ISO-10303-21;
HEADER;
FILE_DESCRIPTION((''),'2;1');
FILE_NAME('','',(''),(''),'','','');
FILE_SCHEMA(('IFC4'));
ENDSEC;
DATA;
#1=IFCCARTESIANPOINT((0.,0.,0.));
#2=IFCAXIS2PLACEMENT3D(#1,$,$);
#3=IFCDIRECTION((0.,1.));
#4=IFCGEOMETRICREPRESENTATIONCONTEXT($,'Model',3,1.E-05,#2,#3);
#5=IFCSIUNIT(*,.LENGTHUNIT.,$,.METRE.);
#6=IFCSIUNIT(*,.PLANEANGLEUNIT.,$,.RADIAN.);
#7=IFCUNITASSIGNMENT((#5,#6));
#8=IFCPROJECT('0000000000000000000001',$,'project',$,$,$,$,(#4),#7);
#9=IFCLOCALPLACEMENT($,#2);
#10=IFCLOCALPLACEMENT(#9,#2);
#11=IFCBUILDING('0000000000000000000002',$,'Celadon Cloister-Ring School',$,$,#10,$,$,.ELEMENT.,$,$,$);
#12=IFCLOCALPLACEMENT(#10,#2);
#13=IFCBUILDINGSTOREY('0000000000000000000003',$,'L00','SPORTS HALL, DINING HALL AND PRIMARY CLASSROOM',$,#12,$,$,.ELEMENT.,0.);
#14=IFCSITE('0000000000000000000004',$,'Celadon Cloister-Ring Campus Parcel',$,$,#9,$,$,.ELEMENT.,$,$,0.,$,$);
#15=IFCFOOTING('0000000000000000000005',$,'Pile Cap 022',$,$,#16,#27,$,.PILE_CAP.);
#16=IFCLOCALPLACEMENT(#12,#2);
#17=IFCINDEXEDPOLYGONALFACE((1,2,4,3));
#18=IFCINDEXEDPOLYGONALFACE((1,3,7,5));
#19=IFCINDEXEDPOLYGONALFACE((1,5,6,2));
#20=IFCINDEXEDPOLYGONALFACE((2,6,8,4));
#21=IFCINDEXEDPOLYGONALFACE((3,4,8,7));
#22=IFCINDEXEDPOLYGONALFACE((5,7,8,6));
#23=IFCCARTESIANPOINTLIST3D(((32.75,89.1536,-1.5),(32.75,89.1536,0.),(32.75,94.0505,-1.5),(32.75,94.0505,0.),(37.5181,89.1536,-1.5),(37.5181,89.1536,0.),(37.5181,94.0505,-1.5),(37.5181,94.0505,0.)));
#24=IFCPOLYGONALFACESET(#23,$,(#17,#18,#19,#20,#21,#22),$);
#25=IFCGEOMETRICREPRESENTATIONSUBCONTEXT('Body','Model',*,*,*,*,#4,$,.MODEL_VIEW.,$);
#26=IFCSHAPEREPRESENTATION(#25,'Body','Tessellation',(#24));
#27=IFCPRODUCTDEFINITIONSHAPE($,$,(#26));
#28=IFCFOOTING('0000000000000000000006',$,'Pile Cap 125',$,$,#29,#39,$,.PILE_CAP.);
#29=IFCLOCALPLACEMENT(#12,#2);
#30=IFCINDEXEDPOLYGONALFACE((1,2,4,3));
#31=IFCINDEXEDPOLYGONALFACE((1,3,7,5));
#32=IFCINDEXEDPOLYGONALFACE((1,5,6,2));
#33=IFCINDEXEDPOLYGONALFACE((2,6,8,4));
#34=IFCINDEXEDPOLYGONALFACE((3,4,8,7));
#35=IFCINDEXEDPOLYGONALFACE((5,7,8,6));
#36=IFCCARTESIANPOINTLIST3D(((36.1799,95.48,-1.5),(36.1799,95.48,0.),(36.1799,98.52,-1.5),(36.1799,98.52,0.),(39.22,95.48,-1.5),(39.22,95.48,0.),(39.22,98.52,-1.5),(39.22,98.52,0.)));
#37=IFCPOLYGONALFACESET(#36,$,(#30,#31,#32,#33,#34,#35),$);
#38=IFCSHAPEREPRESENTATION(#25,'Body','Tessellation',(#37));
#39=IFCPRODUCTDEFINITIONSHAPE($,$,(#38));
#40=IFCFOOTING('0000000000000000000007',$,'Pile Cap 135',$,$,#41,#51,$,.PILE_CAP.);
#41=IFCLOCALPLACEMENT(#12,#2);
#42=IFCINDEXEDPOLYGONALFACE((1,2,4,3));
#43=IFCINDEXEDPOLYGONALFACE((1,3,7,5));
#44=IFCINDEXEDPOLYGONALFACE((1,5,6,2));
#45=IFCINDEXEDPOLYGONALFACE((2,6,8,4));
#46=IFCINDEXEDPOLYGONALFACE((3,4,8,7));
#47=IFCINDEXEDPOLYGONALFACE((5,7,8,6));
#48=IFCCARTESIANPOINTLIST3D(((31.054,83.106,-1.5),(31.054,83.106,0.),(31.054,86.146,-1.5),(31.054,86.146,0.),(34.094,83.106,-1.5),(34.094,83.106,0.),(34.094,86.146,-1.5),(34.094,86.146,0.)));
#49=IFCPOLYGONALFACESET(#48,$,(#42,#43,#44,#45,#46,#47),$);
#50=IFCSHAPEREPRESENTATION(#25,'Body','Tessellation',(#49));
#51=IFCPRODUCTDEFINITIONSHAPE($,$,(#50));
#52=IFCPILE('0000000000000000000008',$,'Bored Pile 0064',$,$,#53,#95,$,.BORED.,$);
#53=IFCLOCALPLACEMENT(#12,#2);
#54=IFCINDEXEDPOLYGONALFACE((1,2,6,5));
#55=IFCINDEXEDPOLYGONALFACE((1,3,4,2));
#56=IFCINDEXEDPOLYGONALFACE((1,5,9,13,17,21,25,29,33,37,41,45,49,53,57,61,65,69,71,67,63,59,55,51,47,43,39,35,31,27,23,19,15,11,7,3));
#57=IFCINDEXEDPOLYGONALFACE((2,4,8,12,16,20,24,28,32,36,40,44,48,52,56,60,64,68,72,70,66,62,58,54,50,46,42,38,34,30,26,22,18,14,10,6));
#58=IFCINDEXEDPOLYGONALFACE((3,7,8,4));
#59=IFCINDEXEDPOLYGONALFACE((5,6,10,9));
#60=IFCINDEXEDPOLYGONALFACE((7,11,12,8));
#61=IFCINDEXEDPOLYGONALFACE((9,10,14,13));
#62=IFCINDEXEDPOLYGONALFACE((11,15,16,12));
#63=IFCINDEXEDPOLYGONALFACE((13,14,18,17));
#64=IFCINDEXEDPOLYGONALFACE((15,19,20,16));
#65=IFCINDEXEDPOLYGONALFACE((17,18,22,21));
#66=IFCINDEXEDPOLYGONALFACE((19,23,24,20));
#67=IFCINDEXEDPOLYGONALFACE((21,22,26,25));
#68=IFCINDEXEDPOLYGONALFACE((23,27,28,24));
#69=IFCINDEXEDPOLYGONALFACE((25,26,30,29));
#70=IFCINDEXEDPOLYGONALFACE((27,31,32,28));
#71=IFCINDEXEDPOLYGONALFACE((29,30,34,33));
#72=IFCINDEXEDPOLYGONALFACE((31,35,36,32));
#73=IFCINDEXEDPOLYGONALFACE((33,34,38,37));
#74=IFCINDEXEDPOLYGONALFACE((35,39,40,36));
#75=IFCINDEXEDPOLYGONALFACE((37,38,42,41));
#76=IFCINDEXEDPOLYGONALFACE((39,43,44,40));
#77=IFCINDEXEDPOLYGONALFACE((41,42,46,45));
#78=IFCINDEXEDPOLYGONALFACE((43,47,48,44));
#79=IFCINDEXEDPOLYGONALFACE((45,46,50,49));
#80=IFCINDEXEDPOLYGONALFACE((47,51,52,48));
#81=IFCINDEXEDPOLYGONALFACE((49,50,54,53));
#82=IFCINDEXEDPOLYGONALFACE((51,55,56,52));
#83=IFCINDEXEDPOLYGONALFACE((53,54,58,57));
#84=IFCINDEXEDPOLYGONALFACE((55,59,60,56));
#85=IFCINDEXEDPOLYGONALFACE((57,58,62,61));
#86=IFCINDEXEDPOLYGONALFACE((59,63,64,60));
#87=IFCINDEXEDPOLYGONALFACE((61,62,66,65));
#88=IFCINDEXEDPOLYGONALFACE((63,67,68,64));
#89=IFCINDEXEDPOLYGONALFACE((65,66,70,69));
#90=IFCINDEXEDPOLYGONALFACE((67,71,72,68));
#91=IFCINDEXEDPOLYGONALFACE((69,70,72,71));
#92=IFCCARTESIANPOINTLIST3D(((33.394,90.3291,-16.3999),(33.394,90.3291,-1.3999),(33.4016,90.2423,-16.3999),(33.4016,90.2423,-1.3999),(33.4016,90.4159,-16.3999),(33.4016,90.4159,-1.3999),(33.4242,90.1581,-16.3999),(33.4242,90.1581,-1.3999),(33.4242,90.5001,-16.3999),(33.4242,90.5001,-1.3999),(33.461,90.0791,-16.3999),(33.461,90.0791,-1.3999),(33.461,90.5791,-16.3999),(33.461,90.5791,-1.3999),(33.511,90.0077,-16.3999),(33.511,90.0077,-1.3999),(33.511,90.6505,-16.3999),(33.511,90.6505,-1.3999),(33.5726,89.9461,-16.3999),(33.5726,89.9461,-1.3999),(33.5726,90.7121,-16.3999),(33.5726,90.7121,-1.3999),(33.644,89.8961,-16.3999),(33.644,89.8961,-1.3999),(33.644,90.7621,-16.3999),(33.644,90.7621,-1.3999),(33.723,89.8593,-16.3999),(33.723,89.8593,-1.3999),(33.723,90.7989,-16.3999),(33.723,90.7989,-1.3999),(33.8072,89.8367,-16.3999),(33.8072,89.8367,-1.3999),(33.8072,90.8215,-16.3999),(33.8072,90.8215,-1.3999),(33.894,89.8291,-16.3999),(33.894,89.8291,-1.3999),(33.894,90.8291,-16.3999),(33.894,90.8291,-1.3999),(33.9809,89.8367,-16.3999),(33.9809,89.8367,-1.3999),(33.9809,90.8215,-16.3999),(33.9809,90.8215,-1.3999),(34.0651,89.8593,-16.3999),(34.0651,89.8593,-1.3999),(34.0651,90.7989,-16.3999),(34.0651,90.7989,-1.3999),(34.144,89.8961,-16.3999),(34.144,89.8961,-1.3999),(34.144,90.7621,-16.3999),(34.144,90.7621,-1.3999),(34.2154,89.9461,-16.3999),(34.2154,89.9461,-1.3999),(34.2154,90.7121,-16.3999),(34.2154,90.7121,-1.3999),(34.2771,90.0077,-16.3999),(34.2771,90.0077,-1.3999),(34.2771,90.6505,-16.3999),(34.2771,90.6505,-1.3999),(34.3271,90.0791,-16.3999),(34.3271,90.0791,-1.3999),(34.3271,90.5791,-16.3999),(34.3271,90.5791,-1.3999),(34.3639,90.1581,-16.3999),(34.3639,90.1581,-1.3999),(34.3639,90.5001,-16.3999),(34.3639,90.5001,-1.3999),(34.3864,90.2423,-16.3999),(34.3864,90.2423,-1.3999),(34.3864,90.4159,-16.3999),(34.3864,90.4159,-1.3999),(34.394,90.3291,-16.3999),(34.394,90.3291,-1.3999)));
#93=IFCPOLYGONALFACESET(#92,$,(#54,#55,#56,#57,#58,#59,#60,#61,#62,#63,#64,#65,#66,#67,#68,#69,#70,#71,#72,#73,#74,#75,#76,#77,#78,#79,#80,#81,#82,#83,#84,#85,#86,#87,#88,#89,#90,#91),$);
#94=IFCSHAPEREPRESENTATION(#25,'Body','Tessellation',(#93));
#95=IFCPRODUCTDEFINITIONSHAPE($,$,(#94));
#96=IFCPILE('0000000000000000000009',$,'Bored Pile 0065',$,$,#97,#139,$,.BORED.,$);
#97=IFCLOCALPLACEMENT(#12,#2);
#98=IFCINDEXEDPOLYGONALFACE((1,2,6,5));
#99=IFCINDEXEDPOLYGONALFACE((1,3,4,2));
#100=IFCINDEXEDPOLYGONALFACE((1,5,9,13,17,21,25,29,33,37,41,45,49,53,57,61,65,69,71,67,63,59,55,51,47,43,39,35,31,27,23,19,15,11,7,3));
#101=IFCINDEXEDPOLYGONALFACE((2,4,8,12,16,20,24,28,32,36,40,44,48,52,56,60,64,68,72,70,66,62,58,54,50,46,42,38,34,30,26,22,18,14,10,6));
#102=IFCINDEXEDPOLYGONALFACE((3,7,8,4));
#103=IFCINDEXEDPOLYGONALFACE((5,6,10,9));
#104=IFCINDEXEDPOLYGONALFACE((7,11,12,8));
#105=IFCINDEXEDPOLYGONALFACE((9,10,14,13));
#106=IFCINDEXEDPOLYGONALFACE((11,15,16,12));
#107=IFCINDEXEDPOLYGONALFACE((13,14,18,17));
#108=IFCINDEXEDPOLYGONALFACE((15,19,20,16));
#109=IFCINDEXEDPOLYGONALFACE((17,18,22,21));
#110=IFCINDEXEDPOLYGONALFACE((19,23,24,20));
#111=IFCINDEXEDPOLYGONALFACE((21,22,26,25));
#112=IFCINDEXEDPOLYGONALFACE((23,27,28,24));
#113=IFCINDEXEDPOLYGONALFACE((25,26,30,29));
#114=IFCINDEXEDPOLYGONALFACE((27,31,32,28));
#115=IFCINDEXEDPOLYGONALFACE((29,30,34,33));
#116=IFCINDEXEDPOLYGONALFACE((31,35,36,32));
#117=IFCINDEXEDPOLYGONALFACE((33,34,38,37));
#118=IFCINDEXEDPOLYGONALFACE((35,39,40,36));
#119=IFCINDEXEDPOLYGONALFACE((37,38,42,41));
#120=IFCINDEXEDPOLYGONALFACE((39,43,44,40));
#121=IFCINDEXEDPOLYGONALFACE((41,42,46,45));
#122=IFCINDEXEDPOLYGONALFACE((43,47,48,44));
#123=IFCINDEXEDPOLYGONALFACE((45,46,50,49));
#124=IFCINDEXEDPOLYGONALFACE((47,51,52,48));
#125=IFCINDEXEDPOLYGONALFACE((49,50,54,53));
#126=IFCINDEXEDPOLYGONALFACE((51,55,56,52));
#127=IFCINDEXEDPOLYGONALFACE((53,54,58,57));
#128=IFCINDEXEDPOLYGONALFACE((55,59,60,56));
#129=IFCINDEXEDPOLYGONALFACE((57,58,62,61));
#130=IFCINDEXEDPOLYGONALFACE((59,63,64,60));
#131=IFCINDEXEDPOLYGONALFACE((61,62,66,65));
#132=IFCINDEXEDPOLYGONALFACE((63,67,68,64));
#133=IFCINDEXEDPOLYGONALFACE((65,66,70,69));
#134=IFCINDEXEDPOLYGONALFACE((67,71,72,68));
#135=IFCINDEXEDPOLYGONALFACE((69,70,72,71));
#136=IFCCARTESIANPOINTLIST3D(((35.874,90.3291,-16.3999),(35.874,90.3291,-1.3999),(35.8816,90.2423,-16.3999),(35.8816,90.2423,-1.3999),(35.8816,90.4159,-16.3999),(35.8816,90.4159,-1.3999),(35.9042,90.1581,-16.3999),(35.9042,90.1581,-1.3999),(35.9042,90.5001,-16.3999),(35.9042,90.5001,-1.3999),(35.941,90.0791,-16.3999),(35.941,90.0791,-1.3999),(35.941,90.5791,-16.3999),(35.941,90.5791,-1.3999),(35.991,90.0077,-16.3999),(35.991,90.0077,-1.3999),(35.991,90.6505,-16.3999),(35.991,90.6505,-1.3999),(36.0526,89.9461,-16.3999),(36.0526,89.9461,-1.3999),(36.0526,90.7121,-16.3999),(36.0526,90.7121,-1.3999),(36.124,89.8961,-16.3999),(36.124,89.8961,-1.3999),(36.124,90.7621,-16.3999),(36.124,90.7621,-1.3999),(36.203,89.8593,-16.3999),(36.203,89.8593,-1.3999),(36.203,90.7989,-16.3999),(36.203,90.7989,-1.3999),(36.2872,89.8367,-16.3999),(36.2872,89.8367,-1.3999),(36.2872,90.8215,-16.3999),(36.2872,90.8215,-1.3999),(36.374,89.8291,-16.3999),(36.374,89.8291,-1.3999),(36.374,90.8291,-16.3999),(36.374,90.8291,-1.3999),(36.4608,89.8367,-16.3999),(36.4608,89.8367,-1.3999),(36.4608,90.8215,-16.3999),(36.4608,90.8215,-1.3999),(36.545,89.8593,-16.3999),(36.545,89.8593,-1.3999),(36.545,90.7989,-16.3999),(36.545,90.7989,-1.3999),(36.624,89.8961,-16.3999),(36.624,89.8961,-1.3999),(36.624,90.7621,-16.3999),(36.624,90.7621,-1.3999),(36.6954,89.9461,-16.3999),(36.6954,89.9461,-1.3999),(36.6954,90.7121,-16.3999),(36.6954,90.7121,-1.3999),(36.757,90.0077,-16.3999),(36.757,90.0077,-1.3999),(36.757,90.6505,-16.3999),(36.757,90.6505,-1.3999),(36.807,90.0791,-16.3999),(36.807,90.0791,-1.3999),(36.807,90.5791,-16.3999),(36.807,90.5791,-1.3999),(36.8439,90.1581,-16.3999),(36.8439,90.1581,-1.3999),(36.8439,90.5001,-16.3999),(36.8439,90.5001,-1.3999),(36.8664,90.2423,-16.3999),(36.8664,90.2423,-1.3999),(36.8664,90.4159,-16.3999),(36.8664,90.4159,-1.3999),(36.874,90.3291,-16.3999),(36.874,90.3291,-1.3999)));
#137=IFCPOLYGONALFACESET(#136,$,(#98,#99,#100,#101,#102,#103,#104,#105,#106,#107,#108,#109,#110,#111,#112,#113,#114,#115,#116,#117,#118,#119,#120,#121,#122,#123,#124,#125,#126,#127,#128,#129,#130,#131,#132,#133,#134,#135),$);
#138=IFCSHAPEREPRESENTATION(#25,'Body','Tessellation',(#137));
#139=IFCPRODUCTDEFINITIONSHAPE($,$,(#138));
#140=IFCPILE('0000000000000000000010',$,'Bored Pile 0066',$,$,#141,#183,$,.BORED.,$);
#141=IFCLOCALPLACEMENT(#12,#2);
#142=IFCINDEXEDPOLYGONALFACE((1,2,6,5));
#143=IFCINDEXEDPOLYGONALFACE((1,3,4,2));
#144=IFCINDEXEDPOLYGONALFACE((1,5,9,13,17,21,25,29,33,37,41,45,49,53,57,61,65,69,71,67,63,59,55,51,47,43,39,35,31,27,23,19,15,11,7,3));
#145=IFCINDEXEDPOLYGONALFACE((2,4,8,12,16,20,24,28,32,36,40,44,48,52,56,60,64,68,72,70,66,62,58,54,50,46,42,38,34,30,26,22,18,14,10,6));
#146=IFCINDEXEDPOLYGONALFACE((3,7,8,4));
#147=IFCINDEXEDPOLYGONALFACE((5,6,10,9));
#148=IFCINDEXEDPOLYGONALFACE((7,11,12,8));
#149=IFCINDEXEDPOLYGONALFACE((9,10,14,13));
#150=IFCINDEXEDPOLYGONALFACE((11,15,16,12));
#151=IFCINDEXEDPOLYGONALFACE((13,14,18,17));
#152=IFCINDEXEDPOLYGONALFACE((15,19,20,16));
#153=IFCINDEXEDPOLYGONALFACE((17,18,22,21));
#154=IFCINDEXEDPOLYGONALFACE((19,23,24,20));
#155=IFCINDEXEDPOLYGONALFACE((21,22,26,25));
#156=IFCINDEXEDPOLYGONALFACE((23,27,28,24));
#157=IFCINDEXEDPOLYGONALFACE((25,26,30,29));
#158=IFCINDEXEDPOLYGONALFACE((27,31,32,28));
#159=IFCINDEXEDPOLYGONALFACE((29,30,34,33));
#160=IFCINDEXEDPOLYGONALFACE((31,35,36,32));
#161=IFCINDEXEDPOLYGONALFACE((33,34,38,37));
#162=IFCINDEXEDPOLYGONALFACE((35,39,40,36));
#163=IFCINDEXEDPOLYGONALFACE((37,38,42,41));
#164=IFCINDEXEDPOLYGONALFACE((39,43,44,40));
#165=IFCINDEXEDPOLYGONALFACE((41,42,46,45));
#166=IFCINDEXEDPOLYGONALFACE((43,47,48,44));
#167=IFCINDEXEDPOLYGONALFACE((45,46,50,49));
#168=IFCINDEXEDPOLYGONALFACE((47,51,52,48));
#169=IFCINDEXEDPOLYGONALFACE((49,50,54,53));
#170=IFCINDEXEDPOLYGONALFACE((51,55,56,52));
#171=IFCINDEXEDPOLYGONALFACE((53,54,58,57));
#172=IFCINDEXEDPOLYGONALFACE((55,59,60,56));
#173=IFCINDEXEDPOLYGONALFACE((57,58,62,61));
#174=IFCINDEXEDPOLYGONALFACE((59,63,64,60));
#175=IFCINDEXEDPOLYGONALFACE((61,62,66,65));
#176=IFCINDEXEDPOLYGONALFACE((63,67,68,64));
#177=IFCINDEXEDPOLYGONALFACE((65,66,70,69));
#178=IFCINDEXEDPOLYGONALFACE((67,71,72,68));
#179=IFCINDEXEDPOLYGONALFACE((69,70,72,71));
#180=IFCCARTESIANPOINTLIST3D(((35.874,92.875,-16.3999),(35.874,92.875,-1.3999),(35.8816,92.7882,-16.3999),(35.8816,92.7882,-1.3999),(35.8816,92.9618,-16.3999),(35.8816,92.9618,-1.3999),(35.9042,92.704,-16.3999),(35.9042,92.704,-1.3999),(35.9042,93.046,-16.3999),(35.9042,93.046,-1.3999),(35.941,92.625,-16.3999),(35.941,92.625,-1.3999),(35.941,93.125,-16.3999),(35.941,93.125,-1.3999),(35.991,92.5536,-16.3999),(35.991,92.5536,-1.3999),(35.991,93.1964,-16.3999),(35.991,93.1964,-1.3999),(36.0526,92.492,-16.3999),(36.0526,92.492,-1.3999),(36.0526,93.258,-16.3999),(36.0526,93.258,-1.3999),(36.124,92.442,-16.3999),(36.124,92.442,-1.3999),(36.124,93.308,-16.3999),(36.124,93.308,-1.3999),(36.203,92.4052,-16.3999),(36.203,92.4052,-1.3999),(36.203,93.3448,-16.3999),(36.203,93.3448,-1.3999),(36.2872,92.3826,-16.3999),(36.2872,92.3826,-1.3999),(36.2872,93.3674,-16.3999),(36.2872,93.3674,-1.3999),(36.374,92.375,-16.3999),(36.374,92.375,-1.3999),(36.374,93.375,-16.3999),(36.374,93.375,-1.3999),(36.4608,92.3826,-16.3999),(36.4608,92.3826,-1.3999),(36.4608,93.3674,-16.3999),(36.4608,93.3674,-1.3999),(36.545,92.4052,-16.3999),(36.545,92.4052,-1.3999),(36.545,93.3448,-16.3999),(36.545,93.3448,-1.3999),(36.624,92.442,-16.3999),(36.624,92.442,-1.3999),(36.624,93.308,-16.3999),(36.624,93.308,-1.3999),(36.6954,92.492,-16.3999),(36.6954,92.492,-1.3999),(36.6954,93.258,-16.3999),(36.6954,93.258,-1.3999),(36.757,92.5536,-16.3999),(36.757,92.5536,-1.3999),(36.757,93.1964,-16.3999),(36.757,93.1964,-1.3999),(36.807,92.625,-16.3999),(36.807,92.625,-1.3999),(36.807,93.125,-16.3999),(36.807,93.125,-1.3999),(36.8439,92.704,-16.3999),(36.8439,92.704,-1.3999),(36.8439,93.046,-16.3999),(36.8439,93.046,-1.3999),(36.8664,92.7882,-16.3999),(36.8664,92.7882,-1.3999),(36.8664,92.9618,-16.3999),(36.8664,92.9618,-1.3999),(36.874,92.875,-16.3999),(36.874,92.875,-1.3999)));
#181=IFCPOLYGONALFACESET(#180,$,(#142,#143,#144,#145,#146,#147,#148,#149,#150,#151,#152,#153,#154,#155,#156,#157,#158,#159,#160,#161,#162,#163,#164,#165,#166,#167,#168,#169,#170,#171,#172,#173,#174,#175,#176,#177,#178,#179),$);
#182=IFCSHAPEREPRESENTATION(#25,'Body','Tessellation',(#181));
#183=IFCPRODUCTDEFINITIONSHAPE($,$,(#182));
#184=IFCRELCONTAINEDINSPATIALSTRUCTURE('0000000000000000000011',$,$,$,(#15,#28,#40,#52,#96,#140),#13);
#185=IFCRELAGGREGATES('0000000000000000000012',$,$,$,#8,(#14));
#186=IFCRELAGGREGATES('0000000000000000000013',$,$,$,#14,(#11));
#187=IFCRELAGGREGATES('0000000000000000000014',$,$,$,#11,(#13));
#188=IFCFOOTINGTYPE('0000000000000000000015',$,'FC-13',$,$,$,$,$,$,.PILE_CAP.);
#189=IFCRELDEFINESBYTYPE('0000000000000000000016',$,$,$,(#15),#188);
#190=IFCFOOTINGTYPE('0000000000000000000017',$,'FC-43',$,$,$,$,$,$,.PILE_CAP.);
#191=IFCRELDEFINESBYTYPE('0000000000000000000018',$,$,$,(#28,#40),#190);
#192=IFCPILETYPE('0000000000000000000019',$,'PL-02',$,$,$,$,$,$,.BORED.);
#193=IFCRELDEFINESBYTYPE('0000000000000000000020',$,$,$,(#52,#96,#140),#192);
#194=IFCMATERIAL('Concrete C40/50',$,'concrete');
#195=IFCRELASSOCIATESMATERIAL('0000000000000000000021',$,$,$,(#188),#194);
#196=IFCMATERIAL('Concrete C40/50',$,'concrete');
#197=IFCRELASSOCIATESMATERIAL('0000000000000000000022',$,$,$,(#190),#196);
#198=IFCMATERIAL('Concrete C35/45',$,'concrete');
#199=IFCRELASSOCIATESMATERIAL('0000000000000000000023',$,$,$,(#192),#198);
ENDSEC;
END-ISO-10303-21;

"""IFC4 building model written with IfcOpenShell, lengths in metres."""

from ifc_helpers import new_model, si_unit, direction, frame, origin, origin_2d, place, context, subcontext, project, spatial, rectangle, circle, extrude, material, material_profile, profile_set, type_object, element, save


model = new_model("IFC4")

# Units and contexts
model_context = context("Model", 3, precision=1e-05, world=origin(), true_north=direction((0.0, 1.0)))
body_context = subcontext(model_context, "Body", "Model", "MODEL_VIEW")
ifc_project = project(units=[si_unit("LENGTHUNIT", "METRE"), si_unit("PLANEANGLEUNIT", "RADIAN")], contexts=[model_context])

# Site, building, storey
site_placement = place(None, origin())
site = spatial("IfcSite", under=ifc_project, at=site_placement, Name="Celadon Cloister-Ring Campus Parcel", CompositionType="ELEMENT", RefElevation=0.0)
building_placement = place(site_placement, origin())
building = spatial("IfcBuilding", under=site, at=building_placement, Name="Celadon Cloister-Ring School", CompositionType="ELEMENT")
storey_placement = place(building_placement, origin())
storey = spatial("IfcBuildingStorey", under=building, at=storey_placement, Name="L00", Description="SPORTS HALL, DINING HALL AND PRIMARY CLASSROOM", CompositionType="ELEMENT", Elevation=0.0)

# Footings
ifc_material_1 = material(Name="Concrete C40/50", Category="concrete")
footing_type_1 = type_object("IfcFootingType", Name="FC-13", PredefinedType="PILE_CAP", material=ifc_material_1)
footing_placement = place(storey_placement, frame((35.134, 91.6021, -1.5), z_axis=(0.0, 0.0, 1.0), x_axis=(1.0, 0.0, 0.0)))
element("IfcFooting", 1, at=footing_placement, inside=storey, type_object=footing_type_1, Name="Pile Cap 022", PredefinedType="PILE_CAP", context=body_context, shape_type="SweptSolid", body=[
    extrude(rectangle(XDim=4.7681, YDim=4.897, at=origin_2d()), origin(), (0.0, 0.0, 1.0), 1.5),
])
ifc_material_2 = material(Name="Concrete C40/50", Category="concrete")
footing_type_2 = type_object("IfcFootingType", Name="FC-43", PredefinedType="PILE_CAP", material=ifc_material_2)
for number, where, z_axis, x_axis, name in (
    (2, (37.7, 97.0, -1.5), (0.0, 0.0, 1.0), (1.0, 0.0, 0.0), "Pile Cap 125"),
    (3, (32.574, 84.626, -1.5), (0.0, 0.0, 1.0), (1.0, 0.0, 0.0), "Pile Cap 135"),
):
    element("IfcFooting", number, at=place(storey_placement, frame(where, z_axis=z_axis, x_axis=x_axis)), inside=storey, type_object=footing_type_2, Name=name, PredefinedType="PILE_CAP", context=body_context, shape_type="SweptSolid", body=[
        extrude(rectangle(XDim=3.04, YDim=3.04, at=origin_2d()), origin(), (0.0, 0.0, 1.0), 1.5),
    ])

# Piles
ifc_material_3 = material(Name="Concrete C35/45", Category="concrete")
ifc_material_profile_1 = material_profile(ifc_material_3, circle(Radius=0.5, at=origin_2d()), Name="PILE1000")
ifc_profile_set_1 = profile_set([ifc_material_profile_1], Name="Concrete C35/45")
pile_type = type_object("IfcPileType", Name="PL-02", PredefinedType="BORED", material=ifc_profile_set_1)
for number, where, z_axis, x_axis, name in (
    (4, (33.894, 90.3291, -1.3999), (0.0, 0.0, -1.0), (1.0, 0.0, 0.0), "Bored Pile 0064"),
    (5, (36.374, 90.3291, -1.3999), (0.0, 0.0, -1.0), (1.0, 0.0, 0.0), "Bored Pile 0065"),
    (6, (36.374, 92.875, -1.3999), (0.0, 0.0, -1.0), (1.0, 0.0, 0.0), "Bored Pile 0066"),
):
    element("IfcPile", number, at=place(storey_placement, frame(where, z_axis=z_axis, x_axis=x_axis)), inside=storey, type_object=pile_type, Name=name, PredefinedType="BORED", context=body_context, shape_type="SweptSolid", body=[
        extrude(circle(Radius=0.5, at=origin_2d()), origin(), (0.0, 0.0, 1.0), 15.0),
    ])

save(model, "model.ifc")
